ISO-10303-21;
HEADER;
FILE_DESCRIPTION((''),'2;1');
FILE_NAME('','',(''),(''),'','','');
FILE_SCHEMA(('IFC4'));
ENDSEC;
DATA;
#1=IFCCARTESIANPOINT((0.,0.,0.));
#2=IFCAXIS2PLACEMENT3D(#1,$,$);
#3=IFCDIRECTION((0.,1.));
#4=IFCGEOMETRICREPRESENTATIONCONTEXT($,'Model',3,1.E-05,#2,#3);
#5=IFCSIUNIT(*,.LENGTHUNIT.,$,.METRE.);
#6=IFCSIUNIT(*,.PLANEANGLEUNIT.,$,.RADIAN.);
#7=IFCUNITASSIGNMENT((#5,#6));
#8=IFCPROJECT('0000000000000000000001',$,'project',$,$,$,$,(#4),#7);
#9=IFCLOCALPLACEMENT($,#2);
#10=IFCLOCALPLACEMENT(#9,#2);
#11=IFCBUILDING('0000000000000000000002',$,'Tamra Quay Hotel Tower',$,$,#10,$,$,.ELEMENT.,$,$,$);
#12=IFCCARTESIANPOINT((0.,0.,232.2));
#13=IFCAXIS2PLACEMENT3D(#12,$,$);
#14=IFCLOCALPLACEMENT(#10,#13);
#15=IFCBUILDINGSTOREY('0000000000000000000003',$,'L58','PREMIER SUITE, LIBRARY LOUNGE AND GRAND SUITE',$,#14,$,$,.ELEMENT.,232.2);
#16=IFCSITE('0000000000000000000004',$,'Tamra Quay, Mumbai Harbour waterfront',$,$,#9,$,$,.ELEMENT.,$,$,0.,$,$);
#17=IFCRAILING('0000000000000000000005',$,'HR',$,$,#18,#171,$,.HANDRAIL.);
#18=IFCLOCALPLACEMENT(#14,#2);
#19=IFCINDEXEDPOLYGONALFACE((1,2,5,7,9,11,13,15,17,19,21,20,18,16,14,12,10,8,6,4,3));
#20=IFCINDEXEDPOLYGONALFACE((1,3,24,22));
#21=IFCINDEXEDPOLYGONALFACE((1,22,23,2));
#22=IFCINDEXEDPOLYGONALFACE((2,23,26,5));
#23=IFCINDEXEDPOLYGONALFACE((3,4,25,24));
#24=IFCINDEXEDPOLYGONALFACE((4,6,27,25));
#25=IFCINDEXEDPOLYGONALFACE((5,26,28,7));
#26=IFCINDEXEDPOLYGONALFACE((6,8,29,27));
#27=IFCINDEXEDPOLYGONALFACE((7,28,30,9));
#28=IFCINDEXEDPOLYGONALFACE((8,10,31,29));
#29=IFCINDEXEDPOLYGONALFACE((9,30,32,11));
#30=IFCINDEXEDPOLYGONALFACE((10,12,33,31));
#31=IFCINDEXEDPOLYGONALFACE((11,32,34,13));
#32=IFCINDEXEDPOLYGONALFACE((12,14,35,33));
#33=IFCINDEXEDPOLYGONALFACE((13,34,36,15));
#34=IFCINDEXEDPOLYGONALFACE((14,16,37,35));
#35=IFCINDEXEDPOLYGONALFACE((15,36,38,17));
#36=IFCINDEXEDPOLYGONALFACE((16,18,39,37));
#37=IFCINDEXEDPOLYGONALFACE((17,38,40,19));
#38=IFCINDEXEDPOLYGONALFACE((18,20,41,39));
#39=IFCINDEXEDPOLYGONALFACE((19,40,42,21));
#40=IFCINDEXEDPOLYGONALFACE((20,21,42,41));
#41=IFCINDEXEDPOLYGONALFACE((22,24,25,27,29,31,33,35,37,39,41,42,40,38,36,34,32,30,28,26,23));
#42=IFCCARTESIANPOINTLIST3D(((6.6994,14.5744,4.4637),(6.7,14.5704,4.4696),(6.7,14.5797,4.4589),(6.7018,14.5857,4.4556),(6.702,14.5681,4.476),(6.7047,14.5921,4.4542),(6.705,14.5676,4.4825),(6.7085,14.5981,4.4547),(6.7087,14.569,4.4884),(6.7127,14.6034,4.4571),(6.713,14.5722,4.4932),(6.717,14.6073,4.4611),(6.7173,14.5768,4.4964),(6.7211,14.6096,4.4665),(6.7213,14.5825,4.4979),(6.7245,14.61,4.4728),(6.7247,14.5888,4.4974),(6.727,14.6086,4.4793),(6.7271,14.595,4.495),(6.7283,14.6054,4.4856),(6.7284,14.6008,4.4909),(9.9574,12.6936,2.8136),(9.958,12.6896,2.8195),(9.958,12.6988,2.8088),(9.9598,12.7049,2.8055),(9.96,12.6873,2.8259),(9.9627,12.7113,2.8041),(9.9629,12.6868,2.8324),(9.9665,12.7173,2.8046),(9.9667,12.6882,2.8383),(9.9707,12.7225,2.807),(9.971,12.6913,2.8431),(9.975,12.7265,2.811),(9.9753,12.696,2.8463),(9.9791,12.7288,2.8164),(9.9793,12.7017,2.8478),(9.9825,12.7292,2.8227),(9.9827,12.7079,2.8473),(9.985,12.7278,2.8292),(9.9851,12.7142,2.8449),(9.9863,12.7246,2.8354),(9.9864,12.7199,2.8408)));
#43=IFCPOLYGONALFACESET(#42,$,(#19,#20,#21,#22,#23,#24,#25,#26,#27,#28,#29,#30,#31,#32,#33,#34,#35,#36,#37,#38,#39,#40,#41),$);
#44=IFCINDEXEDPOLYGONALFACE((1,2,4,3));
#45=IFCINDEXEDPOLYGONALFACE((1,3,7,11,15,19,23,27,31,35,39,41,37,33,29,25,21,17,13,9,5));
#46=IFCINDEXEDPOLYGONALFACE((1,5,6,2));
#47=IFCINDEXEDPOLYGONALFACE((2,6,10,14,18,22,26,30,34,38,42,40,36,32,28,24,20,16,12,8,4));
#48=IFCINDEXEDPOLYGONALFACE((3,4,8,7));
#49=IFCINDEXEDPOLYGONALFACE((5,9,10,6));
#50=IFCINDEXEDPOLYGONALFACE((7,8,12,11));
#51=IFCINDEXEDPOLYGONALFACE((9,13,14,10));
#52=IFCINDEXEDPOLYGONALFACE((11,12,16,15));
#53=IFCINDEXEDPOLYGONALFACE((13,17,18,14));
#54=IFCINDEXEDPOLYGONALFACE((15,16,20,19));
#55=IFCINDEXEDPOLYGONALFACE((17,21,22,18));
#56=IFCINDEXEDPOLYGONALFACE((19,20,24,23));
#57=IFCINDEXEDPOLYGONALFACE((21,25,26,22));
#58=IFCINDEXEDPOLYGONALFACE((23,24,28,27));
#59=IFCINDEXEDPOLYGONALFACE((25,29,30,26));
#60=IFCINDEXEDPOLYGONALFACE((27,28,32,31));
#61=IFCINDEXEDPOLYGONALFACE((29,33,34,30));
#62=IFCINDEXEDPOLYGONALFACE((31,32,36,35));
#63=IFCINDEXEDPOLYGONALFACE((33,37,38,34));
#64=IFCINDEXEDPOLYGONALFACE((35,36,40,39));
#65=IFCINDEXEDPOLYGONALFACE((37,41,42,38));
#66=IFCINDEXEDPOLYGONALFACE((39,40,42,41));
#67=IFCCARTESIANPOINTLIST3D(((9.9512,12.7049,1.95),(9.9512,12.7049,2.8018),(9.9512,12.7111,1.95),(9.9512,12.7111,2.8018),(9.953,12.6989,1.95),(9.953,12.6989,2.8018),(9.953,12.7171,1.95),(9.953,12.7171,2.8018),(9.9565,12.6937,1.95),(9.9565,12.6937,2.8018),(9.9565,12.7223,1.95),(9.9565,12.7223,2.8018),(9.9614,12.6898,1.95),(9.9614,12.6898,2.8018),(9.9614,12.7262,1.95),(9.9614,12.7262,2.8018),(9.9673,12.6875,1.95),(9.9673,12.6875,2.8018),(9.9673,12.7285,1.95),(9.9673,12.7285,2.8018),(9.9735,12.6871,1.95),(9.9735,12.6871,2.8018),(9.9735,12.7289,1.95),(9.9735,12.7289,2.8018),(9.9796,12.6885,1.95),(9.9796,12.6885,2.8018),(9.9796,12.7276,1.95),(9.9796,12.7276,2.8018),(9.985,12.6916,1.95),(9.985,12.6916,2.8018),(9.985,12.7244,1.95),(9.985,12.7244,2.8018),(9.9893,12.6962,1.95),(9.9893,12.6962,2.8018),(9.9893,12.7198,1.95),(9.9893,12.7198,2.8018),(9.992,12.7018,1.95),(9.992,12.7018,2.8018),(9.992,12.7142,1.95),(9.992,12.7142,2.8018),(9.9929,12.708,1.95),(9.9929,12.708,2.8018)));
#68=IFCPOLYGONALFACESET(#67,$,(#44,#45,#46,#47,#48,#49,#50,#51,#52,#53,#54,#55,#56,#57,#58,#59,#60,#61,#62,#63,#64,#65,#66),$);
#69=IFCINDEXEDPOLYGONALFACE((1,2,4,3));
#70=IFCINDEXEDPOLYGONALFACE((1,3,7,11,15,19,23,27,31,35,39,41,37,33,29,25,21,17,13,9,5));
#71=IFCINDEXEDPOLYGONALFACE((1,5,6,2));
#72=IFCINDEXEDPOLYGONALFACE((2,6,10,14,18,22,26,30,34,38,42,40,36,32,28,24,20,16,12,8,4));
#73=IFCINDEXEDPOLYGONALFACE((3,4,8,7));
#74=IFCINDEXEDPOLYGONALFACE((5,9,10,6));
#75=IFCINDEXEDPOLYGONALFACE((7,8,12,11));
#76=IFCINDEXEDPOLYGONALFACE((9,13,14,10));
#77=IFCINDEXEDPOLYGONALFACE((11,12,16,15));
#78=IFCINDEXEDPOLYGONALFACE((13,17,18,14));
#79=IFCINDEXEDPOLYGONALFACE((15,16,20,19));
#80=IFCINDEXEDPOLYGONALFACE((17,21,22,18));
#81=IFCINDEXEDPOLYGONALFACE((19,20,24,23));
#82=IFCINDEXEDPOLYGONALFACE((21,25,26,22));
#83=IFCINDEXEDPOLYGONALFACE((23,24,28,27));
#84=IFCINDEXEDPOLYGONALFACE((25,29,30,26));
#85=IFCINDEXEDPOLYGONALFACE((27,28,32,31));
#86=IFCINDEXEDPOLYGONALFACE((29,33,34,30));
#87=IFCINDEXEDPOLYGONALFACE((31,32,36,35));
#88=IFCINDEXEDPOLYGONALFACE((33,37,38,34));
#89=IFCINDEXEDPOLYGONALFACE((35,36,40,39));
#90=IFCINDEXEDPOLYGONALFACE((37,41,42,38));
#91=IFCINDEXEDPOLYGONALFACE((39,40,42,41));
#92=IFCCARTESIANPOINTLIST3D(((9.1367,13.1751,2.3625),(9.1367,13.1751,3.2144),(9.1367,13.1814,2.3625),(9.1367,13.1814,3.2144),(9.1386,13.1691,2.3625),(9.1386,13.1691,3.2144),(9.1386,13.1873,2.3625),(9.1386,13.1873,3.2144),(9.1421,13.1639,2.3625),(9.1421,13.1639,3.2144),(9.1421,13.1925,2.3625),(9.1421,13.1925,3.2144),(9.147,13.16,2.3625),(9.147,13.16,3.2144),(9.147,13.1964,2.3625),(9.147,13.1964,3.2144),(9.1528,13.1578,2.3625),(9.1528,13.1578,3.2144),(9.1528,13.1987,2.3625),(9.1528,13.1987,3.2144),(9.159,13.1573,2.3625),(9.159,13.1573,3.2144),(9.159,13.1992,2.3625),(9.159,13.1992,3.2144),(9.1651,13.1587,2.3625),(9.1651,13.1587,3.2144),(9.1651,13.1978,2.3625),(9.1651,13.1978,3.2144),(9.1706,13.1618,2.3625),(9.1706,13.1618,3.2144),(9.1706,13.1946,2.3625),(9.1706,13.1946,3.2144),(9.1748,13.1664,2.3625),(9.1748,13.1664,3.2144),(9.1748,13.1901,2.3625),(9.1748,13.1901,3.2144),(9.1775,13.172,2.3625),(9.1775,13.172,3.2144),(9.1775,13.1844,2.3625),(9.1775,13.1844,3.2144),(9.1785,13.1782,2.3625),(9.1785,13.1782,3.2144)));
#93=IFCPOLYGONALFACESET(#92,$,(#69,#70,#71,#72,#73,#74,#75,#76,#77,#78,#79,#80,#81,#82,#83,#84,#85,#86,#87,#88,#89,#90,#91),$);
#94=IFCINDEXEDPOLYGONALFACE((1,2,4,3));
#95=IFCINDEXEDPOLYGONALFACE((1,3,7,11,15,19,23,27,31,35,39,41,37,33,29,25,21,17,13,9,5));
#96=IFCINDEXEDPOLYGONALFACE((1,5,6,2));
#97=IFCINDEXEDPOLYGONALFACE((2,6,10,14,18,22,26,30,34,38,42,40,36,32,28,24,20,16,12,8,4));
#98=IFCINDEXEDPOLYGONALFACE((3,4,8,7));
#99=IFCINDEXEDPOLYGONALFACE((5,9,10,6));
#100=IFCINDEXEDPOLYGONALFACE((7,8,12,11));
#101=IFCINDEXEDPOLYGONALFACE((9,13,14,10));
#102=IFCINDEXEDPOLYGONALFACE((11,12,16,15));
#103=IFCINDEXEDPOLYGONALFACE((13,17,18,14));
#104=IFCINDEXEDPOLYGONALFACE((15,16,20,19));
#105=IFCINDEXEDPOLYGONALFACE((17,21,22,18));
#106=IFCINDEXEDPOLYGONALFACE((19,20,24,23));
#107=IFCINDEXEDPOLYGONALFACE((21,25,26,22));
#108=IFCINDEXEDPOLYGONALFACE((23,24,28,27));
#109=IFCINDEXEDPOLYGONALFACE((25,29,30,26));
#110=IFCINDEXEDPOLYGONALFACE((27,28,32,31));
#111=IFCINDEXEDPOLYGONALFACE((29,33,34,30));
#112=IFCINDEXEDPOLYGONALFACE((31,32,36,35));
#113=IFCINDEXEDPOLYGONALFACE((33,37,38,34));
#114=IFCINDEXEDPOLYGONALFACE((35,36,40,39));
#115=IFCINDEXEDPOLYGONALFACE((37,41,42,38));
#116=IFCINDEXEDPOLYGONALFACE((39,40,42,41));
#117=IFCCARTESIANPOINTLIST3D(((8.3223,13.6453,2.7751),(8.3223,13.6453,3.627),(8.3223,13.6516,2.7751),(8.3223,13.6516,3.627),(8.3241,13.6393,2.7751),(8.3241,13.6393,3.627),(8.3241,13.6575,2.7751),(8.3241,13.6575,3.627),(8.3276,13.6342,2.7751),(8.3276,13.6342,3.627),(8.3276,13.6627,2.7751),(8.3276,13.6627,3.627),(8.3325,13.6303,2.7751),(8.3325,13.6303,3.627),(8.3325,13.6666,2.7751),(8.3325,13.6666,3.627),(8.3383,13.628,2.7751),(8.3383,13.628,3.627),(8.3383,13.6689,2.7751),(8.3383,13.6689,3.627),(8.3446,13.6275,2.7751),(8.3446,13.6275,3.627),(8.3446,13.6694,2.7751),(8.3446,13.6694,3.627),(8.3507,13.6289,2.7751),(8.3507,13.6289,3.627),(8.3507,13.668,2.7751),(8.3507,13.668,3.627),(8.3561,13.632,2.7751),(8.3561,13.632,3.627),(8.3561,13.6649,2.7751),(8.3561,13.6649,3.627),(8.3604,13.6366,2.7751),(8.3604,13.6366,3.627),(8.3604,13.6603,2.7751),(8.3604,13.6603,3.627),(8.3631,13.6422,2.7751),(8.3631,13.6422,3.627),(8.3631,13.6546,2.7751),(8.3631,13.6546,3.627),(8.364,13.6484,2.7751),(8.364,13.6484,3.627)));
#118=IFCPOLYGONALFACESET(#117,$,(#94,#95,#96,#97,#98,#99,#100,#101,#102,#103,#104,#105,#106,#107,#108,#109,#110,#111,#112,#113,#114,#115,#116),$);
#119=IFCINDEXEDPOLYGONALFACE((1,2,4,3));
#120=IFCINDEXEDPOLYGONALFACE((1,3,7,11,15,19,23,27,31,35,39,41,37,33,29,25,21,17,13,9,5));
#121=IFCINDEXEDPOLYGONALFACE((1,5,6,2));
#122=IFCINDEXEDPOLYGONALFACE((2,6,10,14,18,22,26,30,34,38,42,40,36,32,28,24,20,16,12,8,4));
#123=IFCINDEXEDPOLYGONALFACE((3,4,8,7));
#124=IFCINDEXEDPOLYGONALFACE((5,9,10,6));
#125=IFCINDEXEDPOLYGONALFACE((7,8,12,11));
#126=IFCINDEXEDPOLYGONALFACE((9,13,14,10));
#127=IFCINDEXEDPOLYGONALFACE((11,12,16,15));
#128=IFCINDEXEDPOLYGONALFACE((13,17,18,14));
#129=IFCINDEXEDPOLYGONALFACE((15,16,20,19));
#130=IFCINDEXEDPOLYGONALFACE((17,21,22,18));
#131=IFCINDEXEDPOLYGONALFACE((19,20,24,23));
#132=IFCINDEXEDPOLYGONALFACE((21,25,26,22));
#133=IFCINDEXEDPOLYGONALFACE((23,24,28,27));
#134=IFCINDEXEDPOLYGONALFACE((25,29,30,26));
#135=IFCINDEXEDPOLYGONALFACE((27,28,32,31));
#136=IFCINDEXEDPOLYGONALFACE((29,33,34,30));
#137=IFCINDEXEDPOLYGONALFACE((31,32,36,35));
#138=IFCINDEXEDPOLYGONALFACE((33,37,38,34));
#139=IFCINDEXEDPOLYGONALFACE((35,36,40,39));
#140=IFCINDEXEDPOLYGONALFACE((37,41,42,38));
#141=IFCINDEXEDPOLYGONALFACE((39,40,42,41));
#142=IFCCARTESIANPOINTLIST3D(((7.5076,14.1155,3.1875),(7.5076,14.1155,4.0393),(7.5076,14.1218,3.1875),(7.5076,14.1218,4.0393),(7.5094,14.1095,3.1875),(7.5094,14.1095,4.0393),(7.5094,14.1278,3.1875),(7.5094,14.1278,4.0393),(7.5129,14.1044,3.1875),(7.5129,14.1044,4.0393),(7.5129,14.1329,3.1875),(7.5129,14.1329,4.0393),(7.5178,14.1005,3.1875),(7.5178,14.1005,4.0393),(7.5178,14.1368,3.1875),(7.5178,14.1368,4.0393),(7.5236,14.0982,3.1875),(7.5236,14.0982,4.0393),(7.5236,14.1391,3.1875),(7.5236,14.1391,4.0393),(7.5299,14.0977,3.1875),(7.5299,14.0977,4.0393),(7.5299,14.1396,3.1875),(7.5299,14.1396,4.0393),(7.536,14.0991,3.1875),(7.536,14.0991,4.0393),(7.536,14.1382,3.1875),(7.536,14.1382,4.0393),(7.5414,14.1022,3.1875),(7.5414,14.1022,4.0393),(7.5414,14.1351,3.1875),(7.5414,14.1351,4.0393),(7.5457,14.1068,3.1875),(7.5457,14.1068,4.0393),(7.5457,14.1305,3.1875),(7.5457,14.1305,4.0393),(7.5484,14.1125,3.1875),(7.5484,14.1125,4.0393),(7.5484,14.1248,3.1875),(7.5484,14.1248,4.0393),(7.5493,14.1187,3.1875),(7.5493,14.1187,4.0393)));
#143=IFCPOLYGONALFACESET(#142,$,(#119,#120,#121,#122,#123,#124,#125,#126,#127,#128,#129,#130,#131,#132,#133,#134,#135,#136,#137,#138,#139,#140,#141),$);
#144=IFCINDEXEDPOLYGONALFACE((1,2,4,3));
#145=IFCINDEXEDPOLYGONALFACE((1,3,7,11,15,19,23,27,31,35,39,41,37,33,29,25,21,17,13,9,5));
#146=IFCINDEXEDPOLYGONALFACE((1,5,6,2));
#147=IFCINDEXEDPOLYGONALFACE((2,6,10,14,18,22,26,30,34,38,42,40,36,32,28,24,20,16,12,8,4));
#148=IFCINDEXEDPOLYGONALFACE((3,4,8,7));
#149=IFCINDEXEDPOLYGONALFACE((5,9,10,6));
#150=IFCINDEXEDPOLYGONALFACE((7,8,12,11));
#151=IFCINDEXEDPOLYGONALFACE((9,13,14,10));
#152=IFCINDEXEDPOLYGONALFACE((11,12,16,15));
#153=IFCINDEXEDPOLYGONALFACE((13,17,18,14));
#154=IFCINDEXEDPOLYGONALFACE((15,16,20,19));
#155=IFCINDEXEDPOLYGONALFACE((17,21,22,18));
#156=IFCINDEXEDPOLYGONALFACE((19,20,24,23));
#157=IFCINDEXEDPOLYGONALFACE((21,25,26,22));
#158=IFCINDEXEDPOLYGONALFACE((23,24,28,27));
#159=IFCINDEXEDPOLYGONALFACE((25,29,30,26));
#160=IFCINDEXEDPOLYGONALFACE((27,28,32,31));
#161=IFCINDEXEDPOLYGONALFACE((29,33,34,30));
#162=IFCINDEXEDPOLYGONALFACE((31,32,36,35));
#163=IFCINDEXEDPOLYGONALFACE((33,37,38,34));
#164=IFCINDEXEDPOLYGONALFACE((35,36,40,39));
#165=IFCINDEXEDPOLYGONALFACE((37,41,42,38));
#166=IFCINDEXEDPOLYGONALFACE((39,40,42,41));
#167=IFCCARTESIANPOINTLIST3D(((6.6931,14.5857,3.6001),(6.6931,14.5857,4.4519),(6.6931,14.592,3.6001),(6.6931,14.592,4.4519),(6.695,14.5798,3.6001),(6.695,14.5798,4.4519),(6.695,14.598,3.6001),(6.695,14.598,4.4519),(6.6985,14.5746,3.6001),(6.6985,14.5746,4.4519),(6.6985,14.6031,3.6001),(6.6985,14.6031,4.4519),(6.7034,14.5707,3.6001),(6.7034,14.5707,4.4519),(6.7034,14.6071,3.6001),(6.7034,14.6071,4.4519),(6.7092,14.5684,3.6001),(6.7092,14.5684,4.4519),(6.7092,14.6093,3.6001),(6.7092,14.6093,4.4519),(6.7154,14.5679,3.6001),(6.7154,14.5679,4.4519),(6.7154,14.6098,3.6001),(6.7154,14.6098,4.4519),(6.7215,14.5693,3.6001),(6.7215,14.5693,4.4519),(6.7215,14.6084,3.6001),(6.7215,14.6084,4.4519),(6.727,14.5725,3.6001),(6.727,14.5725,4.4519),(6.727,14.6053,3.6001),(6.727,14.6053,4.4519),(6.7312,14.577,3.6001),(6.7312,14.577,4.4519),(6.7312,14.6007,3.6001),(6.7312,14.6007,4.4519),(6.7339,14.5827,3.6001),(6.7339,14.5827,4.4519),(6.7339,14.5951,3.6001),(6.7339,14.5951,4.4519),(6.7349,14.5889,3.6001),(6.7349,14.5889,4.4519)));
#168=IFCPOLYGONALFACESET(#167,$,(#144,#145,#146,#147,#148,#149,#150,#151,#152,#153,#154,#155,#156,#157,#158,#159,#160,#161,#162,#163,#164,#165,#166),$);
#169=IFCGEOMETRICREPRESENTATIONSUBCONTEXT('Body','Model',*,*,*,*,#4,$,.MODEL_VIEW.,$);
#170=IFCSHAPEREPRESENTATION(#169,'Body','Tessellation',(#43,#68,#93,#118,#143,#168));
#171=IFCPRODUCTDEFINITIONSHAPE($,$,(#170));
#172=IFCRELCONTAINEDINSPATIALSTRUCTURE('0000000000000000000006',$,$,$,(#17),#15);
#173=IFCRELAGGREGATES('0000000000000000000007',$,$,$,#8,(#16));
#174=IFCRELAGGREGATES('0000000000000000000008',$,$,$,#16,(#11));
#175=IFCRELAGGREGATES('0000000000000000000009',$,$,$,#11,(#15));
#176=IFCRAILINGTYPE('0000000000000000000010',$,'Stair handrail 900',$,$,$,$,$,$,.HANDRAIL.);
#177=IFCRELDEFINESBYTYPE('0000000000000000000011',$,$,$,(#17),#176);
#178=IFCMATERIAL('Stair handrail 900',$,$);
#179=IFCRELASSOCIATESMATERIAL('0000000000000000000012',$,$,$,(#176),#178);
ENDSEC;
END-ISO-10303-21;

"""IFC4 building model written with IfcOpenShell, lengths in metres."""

from ifc_helpers import new_model, si_unit, direction, frame, origin, origin_2d, place, context, subcontext, project, spatial, circle, extrude, material, type_object, element, save


model = new_model("IFC4")

# Units and contexts
model_context = context("Model", 3, precision=1e-05, world=origin(), true_north=direction((0.0, 1.0)))
body_context = subcontext(model_context, "Body", "Model", "MODEL_VIEW")
ifc_project = project(units=[si_unit("LENGTHUNIT", "METRE"), si_unit("PLANEANGLEUNIT", "RADIAN")], contexts=[model_context])

# Site, building, storey
site_placement = place(None, origin())
site = spatial("IfcSite", under=ifc_project, at=site_placement, Name="Tamra Quay, Mumbai Harbour waterfront", CompositionType="ELEMENT", RefElevation=0.0)
building_placement = place(site_placement, origin())
building = spatial("IfcBuilding", under=site, at=building_placement, Name="Tamra Quay Hotel Tower", CompositionType="ELEMENT")
storey_placement = place(building_placement, frame((0.0, 0.0, 232.2)))
storey = spatial("IfcBuildingStorey", under=building, at=storey_placement, Name="L58", Description="PREMIER SUITE, LIBRARY LOUNGE AND GRAND SUITE", CompositionType="ELEMENT", Elevation=232.2)

# Railing
ifc_material_1 = material(Name="Stair handrail 900")
railing_type_1 = type_object("IfcRailingType", Name="Stair handrail 900", PredefinedType="HANDRAIL", material=ifc_material_1)
railing_1_placement = place(storey_placement, frame((9.9719, 12.708, 1.95)))
element("IfcRailing", 1, at=railing_1_placement, inside=storey, type_object=railing_type_1, Name="HR", PredefinedType="HANDRAIL", context=body_context, shape_type="SweptSolid", body=[
    extrude(circle(Radius=0.0239, at=origin_2d()), frame((0.0, 0.0, 0.876), z_axis=(-0.793103, 0.457854, 0.401692), x_axis=(-0.499964, -0.866046, 0.0)), (0.0, 0.0, 1.0), 4.1079),
    extrude(circle(Radius=0.021, at=origin_2d()), origin(), (0.0, 0.0, 1.0), 0.8518),
    extrude(circle(Radius=0.021, at=origin_2d()), frame((-0.8145, 0.4702, 0.4126)), (0.0, 0.0, 1.0), 0.8518),
    extrude(circle(Radius=0.021, at=origin_2d()), frame((-1.6289, 0.9404, 0.8252)), (0.0, 0.0, 1.0), 0.8518),
    extrude(circle(Radius=0.021, at=origin_2d()), frame((-2.4436, 1.4106, 1.2375)), (0.0, 0.0, 1.0), 0.8518),
    extrude(circle(Radius=0.021, at=origin_2d()), frame((-3.2581, 1.8809, 1.6501)), (0.0, 0.0, 1.0), 0.8518),
])

save(model, "model.ifc")
